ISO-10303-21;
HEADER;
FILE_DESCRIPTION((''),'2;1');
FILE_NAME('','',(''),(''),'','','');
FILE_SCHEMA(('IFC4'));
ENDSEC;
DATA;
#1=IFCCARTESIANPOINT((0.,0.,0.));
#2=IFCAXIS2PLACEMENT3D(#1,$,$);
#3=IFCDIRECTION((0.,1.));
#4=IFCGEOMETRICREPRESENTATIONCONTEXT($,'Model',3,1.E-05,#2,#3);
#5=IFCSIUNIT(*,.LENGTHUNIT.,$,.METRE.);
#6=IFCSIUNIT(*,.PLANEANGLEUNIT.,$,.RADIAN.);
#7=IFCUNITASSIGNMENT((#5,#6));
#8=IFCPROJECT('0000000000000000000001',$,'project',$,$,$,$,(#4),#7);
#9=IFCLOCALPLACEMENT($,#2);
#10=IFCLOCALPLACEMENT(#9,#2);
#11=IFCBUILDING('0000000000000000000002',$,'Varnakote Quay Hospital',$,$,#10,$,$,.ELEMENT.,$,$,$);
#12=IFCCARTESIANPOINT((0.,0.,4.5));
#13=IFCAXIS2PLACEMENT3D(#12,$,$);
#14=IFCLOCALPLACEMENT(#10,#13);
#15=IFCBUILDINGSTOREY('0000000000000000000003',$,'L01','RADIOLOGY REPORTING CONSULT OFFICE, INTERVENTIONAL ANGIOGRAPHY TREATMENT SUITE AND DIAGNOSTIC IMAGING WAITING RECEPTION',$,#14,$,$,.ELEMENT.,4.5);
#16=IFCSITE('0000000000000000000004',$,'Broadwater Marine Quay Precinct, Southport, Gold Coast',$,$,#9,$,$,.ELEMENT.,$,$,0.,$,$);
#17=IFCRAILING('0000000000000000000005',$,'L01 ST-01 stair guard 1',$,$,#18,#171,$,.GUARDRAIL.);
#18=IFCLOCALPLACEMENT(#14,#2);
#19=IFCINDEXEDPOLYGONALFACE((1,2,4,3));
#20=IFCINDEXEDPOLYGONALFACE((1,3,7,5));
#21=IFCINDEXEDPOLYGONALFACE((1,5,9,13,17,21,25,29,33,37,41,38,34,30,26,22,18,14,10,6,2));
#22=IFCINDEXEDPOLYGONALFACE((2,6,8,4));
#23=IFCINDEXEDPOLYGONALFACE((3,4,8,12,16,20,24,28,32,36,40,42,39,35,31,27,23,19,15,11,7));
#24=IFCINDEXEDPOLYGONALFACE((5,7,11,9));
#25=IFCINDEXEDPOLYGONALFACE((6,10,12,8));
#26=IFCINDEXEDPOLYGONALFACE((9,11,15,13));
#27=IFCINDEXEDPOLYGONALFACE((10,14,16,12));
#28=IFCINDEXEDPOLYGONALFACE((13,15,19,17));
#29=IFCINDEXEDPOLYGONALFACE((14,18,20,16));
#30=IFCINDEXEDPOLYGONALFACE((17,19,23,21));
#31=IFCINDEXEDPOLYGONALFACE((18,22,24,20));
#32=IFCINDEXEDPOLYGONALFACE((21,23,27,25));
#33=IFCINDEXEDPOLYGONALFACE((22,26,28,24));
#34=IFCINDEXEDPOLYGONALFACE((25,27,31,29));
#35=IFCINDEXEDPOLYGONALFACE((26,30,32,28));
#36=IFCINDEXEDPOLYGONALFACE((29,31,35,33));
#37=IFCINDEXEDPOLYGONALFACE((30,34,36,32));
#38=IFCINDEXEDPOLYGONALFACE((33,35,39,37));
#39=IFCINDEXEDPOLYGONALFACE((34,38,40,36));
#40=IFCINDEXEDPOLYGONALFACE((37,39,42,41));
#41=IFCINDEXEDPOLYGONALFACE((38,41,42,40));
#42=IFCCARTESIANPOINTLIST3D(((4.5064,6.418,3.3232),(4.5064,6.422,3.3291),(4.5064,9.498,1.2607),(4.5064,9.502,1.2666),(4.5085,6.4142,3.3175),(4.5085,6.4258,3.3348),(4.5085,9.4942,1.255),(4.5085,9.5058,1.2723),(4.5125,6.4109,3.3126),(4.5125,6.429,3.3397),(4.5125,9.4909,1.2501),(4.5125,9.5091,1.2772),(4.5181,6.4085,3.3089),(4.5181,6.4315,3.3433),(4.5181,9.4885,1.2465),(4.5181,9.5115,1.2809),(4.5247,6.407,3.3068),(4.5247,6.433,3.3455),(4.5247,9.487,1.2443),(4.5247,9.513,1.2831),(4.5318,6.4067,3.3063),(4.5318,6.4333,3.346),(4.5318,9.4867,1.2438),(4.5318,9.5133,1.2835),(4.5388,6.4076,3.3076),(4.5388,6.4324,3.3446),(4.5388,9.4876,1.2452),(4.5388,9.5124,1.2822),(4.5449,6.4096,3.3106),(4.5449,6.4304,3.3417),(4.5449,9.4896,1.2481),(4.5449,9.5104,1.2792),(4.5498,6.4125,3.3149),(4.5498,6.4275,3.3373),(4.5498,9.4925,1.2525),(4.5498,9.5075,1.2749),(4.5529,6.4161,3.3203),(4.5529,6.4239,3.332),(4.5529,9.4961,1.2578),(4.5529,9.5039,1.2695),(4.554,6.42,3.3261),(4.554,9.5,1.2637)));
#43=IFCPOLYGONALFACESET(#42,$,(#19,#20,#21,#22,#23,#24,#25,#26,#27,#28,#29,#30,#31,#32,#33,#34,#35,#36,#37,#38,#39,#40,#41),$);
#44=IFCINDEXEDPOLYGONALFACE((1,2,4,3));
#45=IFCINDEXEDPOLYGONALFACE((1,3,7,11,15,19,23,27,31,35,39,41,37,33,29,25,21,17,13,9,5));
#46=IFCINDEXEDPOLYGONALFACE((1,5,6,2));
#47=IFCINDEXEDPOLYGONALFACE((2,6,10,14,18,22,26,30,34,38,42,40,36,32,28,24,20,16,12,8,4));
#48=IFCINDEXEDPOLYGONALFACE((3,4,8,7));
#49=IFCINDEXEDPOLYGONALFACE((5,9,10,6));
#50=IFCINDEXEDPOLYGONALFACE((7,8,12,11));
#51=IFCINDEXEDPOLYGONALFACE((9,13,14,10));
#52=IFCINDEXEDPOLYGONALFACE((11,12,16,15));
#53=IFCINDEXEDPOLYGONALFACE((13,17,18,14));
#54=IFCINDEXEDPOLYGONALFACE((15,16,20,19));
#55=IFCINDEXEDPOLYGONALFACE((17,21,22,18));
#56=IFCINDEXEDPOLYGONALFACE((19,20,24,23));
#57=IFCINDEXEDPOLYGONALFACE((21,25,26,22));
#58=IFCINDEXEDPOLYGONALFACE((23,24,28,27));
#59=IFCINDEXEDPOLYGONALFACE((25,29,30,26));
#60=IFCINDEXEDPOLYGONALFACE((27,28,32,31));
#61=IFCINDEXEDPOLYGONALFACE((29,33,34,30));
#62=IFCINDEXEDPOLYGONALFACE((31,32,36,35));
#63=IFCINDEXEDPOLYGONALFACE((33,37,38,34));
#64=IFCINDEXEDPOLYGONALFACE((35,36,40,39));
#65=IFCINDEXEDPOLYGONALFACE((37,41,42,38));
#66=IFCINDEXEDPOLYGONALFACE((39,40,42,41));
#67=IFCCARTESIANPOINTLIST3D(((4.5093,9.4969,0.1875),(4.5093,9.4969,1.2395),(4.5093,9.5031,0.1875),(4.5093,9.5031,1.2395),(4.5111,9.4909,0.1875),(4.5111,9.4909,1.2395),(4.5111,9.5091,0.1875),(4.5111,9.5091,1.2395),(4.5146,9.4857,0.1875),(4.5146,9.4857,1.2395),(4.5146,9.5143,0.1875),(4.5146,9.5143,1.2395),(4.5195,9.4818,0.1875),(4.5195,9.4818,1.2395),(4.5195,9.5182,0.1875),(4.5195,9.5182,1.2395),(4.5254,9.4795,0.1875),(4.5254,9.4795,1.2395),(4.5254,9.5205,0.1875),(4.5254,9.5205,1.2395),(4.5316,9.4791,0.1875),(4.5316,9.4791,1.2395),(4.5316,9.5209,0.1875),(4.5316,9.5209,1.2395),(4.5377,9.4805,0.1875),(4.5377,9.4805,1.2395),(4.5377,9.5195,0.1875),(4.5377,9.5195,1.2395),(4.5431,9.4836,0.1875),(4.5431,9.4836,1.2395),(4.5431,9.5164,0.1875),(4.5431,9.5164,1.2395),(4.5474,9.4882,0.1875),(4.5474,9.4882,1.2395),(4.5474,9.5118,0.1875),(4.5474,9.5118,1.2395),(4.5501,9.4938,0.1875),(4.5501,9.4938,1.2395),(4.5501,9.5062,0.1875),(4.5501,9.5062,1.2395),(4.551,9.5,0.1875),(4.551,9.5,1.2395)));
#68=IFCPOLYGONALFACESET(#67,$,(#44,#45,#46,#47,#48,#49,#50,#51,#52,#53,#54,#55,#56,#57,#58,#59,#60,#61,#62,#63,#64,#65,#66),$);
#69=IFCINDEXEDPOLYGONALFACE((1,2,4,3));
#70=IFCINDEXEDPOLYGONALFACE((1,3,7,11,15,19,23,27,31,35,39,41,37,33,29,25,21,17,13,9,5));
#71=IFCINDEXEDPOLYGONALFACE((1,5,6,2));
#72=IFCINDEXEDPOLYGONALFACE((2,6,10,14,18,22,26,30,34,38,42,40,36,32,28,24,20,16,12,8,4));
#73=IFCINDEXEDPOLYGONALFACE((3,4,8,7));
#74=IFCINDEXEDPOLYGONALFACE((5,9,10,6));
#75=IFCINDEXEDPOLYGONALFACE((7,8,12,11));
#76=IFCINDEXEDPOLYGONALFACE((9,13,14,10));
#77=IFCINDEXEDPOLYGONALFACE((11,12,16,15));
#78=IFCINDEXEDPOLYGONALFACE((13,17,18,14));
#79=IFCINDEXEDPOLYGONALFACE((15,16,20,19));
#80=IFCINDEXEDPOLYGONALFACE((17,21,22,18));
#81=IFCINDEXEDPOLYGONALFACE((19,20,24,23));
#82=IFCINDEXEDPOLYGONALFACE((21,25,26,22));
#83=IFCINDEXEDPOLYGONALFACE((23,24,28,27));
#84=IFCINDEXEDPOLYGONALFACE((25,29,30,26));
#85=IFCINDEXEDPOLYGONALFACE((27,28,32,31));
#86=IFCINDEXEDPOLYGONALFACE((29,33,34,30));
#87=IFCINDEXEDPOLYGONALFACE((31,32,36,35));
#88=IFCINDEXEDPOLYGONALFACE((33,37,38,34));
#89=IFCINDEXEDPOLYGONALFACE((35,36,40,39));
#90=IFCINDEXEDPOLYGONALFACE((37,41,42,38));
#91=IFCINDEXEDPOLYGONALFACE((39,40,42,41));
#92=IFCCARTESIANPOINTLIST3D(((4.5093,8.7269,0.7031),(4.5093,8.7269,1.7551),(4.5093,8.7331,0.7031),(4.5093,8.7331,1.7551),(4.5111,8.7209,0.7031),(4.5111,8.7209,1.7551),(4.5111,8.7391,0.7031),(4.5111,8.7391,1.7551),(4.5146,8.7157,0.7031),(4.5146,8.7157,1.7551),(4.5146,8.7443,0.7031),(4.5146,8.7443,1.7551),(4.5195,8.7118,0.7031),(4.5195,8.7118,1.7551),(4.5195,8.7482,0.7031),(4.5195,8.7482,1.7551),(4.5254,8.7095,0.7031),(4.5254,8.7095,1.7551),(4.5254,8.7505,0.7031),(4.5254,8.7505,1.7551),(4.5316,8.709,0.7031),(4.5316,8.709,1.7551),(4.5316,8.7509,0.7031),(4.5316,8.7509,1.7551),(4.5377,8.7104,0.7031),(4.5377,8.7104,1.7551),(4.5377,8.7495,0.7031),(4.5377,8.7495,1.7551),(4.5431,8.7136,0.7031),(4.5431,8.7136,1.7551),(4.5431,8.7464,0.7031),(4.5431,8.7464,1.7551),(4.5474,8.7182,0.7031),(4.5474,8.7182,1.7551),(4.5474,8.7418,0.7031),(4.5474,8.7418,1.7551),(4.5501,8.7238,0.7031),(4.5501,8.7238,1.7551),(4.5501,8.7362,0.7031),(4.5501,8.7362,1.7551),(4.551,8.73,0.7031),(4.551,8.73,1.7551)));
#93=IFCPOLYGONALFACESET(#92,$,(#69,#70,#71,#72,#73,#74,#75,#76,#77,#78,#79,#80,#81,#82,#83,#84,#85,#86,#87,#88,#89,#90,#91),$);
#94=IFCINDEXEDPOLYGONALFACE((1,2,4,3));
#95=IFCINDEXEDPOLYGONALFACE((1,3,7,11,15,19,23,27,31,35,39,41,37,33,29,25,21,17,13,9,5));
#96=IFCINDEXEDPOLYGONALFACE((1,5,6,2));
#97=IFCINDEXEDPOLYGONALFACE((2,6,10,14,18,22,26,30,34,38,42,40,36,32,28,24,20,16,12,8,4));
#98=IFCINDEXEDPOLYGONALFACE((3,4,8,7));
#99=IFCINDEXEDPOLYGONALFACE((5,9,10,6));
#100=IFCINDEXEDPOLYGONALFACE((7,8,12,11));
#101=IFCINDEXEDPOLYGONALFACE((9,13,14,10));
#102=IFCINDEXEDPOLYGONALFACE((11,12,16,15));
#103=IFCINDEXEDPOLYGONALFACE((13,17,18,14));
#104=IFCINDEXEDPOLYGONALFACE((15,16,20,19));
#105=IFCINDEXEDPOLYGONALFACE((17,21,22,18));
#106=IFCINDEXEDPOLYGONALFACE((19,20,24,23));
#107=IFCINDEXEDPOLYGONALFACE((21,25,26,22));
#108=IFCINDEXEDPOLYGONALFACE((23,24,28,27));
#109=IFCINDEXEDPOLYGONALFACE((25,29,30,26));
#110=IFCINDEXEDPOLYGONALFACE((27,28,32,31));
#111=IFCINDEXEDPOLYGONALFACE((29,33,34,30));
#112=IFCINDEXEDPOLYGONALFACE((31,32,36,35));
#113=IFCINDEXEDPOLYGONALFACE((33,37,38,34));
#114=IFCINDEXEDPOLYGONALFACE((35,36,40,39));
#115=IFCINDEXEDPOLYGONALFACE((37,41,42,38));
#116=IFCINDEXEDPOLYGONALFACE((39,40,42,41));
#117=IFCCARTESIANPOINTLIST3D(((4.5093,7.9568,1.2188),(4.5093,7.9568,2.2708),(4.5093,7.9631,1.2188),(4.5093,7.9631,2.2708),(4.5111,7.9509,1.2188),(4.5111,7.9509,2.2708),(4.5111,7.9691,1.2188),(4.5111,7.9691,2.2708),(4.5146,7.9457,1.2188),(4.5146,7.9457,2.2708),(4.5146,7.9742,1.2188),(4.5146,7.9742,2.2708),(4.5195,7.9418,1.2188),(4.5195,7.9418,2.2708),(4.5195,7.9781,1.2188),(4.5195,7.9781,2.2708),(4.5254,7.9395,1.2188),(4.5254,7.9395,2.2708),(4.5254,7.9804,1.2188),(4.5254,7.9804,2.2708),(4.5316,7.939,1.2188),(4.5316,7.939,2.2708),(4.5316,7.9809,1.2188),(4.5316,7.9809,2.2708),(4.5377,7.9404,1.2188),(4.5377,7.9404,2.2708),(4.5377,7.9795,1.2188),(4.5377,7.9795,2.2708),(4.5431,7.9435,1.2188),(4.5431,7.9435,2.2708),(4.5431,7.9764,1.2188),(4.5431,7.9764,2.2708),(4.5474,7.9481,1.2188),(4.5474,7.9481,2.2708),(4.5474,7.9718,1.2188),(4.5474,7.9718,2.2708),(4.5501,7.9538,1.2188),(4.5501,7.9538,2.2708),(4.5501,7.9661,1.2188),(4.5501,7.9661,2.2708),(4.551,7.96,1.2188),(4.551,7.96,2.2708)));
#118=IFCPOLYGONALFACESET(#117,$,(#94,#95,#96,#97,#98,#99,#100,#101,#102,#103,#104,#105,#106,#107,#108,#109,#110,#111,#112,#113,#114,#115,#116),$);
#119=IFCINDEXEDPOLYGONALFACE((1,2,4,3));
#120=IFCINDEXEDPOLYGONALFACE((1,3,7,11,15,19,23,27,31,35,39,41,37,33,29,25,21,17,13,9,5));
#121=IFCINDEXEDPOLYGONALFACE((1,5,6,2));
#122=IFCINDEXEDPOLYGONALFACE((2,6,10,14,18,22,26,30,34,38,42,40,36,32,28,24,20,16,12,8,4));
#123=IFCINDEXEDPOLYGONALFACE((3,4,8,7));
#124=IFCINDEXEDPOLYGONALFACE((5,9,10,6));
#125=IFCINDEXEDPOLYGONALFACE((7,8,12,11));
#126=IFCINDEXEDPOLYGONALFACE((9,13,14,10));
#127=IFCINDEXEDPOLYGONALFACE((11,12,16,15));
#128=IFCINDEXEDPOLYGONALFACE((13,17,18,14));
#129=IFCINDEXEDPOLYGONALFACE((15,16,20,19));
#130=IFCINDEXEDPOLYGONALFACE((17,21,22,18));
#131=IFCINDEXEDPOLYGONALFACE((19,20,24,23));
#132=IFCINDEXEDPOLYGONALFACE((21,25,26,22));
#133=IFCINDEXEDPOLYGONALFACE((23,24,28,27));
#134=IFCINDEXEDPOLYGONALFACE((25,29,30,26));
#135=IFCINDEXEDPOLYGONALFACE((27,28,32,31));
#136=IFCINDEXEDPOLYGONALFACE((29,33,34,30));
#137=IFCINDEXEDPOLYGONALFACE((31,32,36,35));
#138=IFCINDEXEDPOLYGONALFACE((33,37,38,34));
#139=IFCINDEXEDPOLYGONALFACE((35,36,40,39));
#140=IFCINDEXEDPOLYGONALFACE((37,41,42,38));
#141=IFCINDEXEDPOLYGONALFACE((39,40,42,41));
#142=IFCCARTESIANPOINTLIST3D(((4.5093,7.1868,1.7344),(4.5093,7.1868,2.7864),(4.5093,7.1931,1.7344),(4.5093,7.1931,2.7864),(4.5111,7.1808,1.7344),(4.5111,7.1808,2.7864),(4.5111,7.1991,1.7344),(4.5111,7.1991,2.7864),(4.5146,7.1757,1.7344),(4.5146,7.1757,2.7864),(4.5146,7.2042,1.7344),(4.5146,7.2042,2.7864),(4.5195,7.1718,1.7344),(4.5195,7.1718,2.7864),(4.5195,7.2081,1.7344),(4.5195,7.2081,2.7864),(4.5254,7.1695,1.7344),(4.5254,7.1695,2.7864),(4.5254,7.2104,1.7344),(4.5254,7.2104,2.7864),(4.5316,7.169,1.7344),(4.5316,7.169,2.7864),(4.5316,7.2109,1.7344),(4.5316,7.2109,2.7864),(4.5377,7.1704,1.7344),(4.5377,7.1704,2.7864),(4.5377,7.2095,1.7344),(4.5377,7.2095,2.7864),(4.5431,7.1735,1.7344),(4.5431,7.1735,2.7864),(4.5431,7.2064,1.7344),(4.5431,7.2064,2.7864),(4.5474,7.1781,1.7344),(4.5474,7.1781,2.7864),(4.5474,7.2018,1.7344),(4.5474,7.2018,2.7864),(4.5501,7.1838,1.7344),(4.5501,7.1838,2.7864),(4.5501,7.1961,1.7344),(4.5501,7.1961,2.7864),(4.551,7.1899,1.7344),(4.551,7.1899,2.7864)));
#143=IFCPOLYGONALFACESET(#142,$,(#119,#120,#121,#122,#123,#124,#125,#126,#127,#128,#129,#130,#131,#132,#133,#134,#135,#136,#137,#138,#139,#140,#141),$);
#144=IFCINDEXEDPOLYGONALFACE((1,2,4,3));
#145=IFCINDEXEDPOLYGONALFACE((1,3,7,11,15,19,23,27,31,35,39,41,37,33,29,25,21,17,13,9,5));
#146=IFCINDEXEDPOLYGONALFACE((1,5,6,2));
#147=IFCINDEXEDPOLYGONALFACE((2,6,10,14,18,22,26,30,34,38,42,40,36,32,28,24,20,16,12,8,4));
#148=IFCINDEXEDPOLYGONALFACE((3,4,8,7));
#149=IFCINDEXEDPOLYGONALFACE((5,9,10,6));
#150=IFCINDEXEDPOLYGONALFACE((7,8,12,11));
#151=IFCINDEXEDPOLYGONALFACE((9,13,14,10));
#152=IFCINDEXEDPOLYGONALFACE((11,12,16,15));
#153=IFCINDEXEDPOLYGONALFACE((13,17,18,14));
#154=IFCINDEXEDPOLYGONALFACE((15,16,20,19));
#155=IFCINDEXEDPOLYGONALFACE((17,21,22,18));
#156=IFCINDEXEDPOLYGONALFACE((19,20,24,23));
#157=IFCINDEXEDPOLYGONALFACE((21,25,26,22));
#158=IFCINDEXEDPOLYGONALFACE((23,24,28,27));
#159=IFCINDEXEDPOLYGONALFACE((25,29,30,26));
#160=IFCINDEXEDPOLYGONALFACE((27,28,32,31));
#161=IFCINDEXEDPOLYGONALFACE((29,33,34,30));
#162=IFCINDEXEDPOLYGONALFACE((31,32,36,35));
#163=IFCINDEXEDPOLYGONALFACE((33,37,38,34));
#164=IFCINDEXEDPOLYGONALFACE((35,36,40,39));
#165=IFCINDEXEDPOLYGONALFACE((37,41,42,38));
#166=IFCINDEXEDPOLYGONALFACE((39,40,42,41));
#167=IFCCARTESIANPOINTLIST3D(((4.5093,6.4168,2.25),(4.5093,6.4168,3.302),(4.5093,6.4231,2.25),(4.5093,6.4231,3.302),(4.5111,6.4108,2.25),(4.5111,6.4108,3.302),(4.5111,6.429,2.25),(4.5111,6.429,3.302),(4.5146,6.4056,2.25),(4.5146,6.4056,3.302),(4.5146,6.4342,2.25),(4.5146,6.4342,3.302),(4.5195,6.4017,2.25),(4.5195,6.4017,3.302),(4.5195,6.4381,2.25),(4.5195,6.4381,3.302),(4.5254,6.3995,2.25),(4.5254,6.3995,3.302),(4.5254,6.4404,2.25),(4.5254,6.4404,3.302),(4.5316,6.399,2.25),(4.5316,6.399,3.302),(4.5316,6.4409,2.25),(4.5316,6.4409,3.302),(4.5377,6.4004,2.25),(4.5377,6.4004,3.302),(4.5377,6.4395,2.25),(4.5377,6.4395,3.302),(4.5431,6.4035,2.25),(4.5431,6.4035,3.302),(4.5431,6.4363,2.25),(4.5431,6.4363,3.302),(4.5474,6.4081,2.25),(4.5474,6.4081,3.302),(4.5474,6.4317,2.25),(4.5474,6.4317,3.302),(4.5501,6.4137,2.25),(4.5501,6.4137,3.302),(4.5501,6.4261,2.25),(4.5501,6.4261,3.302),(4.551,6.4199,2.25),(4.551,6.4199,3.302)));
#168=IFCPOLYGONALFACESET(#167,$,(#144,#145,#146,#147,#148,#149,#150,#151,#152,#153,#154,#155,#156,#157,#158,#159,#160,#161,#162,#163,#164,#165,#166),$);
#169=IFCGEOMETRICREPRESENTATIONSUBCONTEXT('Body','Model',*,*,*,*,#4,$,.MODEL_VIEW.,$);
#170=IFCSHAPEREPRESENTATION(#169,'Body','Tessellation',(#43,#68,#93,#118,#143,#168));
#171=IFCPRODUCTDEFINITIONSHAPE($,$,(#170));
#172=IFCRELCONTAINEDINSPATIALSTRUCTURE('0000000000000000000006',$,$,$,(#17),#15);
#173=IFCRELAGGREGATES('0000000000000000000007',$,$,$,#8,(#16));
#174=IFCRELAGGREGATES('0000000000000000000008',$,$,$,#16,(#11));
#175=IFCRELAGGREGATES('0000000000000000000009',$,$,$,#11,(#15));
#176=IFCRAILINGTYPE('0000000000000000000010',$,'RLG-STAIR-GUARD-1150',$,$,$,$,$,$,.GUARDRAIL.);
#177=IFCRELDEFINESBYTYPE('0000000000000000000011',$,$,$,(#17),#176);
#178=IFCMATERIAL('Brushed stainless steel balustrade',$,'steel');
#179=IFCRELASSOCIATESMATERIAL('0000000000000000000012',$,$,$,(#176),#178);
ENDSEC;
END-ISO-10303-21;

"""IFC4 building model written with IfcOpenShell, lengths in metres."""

from ifc_helpers import new_model, si_unit, direction, frame, origin, origin_2d, place, context, subcontext, project, spatial, circle, extrude, material, type_object, element, save


model = new_model("IFC4")

# Units and contexts
model_context = context("Model", 3, precision=1e-05, world=origin(), true_north=direction((0.0, 1.0)))
body_context = subcontext(model_context, "Body", "Model", "MODEL_VIEW")
ifc_project = project(units=[si_unit("LENGTHUNIT", "METRE"), si_unit("PLANEANGLEUNIT", "RADIAN")], contexts=[model_context])

# Site, building, storey
site_placement = place(None, origin())
site = spatial("IfcSite", under=ifc_project, at=site_placement, Name="Broadwater Marine Quay Precinct, Southport, Gold Coast", CompositionType="ELEMENT", RefElevation=0.0)
building_placement = place(site_placement, origin())
building = spatial("IfcBuilding", under=site, at=building_placement, Name="Varnakote Quay Hospital", CompositionType="ELEMENT")
storey_placement = place(building_placement, frame((0.0, 0.0, 4.5)))
storey = spatial("IfcBuildingStorey", under=building, at=storey_placement, Name="L01", Description="RADIOLOGY REPORTING CONSULT OFFICE, INTERVENTIONAL ANGIOGRAPHY TREATMENT SUITE AND DIAGNOSTIC IMAGING WAITING RECEPTION", CompositionType="ELEMENT", Elevation=4.5)

# Railing
ifc_material_1 = material(Name="Brushed stainless steel balustrade", Category="steel")
railing_type_1 = type_object("IfcRailingType", Name="RLG-STAIR-GUARD-1150", PredefinedType="GUARDRAIL", material=ifc_material_1)
railing_1_placement = place(storey_placement, frame((4.53, 9.5, 0.1875)))
element("IfcRailing", 1, at=railing_1_placement, inside=storey, type_object=railing_type_1, Name="L01 ST-01 stair guard 1", PredefinedType="GUARDRAIL", context=body_context, shape_type="SweptSolid", body=[
    extrude(circle(Radius=0.0239, at=origin_2d()), frame((0.0, 0.0, 1.0762), z_axis=(0.0, -0.830914, 0.556401), x_axis=(1.0, 0.0, 0.0)), (0.0, 0.0, 1.0), 3.7068),
    extrude(circle(Radius=0.021, at=origin_2d()), origin(), (0.0, 0.0, 1.0), 1.052),
    extrude(circle(Radius=0.021, at=origin_2d()), frame((0.0, -0.77, 0.5156)), (0.0, 0.0, 1.0), 1.052),
    extrude(circle(Radius=0.021, at=origin_2d()), frame((0.0, -1.54, 1.0312)), (0.0, 0.0, 1.0), 1.052),
    extrude(circle(Radius=0.021, at=origin_2d()), frame((0.0, -2.3101, 1.5469)), (0.0, 0.0, 1.0), 1.052),
    extrude(circle(Radius=0.021, at=origin_2d()), frame((0.0, -3.0801, 2.0625)), (0.0, 0.0, 1.0), 1.052),
])

save(model, "model.ifc")
